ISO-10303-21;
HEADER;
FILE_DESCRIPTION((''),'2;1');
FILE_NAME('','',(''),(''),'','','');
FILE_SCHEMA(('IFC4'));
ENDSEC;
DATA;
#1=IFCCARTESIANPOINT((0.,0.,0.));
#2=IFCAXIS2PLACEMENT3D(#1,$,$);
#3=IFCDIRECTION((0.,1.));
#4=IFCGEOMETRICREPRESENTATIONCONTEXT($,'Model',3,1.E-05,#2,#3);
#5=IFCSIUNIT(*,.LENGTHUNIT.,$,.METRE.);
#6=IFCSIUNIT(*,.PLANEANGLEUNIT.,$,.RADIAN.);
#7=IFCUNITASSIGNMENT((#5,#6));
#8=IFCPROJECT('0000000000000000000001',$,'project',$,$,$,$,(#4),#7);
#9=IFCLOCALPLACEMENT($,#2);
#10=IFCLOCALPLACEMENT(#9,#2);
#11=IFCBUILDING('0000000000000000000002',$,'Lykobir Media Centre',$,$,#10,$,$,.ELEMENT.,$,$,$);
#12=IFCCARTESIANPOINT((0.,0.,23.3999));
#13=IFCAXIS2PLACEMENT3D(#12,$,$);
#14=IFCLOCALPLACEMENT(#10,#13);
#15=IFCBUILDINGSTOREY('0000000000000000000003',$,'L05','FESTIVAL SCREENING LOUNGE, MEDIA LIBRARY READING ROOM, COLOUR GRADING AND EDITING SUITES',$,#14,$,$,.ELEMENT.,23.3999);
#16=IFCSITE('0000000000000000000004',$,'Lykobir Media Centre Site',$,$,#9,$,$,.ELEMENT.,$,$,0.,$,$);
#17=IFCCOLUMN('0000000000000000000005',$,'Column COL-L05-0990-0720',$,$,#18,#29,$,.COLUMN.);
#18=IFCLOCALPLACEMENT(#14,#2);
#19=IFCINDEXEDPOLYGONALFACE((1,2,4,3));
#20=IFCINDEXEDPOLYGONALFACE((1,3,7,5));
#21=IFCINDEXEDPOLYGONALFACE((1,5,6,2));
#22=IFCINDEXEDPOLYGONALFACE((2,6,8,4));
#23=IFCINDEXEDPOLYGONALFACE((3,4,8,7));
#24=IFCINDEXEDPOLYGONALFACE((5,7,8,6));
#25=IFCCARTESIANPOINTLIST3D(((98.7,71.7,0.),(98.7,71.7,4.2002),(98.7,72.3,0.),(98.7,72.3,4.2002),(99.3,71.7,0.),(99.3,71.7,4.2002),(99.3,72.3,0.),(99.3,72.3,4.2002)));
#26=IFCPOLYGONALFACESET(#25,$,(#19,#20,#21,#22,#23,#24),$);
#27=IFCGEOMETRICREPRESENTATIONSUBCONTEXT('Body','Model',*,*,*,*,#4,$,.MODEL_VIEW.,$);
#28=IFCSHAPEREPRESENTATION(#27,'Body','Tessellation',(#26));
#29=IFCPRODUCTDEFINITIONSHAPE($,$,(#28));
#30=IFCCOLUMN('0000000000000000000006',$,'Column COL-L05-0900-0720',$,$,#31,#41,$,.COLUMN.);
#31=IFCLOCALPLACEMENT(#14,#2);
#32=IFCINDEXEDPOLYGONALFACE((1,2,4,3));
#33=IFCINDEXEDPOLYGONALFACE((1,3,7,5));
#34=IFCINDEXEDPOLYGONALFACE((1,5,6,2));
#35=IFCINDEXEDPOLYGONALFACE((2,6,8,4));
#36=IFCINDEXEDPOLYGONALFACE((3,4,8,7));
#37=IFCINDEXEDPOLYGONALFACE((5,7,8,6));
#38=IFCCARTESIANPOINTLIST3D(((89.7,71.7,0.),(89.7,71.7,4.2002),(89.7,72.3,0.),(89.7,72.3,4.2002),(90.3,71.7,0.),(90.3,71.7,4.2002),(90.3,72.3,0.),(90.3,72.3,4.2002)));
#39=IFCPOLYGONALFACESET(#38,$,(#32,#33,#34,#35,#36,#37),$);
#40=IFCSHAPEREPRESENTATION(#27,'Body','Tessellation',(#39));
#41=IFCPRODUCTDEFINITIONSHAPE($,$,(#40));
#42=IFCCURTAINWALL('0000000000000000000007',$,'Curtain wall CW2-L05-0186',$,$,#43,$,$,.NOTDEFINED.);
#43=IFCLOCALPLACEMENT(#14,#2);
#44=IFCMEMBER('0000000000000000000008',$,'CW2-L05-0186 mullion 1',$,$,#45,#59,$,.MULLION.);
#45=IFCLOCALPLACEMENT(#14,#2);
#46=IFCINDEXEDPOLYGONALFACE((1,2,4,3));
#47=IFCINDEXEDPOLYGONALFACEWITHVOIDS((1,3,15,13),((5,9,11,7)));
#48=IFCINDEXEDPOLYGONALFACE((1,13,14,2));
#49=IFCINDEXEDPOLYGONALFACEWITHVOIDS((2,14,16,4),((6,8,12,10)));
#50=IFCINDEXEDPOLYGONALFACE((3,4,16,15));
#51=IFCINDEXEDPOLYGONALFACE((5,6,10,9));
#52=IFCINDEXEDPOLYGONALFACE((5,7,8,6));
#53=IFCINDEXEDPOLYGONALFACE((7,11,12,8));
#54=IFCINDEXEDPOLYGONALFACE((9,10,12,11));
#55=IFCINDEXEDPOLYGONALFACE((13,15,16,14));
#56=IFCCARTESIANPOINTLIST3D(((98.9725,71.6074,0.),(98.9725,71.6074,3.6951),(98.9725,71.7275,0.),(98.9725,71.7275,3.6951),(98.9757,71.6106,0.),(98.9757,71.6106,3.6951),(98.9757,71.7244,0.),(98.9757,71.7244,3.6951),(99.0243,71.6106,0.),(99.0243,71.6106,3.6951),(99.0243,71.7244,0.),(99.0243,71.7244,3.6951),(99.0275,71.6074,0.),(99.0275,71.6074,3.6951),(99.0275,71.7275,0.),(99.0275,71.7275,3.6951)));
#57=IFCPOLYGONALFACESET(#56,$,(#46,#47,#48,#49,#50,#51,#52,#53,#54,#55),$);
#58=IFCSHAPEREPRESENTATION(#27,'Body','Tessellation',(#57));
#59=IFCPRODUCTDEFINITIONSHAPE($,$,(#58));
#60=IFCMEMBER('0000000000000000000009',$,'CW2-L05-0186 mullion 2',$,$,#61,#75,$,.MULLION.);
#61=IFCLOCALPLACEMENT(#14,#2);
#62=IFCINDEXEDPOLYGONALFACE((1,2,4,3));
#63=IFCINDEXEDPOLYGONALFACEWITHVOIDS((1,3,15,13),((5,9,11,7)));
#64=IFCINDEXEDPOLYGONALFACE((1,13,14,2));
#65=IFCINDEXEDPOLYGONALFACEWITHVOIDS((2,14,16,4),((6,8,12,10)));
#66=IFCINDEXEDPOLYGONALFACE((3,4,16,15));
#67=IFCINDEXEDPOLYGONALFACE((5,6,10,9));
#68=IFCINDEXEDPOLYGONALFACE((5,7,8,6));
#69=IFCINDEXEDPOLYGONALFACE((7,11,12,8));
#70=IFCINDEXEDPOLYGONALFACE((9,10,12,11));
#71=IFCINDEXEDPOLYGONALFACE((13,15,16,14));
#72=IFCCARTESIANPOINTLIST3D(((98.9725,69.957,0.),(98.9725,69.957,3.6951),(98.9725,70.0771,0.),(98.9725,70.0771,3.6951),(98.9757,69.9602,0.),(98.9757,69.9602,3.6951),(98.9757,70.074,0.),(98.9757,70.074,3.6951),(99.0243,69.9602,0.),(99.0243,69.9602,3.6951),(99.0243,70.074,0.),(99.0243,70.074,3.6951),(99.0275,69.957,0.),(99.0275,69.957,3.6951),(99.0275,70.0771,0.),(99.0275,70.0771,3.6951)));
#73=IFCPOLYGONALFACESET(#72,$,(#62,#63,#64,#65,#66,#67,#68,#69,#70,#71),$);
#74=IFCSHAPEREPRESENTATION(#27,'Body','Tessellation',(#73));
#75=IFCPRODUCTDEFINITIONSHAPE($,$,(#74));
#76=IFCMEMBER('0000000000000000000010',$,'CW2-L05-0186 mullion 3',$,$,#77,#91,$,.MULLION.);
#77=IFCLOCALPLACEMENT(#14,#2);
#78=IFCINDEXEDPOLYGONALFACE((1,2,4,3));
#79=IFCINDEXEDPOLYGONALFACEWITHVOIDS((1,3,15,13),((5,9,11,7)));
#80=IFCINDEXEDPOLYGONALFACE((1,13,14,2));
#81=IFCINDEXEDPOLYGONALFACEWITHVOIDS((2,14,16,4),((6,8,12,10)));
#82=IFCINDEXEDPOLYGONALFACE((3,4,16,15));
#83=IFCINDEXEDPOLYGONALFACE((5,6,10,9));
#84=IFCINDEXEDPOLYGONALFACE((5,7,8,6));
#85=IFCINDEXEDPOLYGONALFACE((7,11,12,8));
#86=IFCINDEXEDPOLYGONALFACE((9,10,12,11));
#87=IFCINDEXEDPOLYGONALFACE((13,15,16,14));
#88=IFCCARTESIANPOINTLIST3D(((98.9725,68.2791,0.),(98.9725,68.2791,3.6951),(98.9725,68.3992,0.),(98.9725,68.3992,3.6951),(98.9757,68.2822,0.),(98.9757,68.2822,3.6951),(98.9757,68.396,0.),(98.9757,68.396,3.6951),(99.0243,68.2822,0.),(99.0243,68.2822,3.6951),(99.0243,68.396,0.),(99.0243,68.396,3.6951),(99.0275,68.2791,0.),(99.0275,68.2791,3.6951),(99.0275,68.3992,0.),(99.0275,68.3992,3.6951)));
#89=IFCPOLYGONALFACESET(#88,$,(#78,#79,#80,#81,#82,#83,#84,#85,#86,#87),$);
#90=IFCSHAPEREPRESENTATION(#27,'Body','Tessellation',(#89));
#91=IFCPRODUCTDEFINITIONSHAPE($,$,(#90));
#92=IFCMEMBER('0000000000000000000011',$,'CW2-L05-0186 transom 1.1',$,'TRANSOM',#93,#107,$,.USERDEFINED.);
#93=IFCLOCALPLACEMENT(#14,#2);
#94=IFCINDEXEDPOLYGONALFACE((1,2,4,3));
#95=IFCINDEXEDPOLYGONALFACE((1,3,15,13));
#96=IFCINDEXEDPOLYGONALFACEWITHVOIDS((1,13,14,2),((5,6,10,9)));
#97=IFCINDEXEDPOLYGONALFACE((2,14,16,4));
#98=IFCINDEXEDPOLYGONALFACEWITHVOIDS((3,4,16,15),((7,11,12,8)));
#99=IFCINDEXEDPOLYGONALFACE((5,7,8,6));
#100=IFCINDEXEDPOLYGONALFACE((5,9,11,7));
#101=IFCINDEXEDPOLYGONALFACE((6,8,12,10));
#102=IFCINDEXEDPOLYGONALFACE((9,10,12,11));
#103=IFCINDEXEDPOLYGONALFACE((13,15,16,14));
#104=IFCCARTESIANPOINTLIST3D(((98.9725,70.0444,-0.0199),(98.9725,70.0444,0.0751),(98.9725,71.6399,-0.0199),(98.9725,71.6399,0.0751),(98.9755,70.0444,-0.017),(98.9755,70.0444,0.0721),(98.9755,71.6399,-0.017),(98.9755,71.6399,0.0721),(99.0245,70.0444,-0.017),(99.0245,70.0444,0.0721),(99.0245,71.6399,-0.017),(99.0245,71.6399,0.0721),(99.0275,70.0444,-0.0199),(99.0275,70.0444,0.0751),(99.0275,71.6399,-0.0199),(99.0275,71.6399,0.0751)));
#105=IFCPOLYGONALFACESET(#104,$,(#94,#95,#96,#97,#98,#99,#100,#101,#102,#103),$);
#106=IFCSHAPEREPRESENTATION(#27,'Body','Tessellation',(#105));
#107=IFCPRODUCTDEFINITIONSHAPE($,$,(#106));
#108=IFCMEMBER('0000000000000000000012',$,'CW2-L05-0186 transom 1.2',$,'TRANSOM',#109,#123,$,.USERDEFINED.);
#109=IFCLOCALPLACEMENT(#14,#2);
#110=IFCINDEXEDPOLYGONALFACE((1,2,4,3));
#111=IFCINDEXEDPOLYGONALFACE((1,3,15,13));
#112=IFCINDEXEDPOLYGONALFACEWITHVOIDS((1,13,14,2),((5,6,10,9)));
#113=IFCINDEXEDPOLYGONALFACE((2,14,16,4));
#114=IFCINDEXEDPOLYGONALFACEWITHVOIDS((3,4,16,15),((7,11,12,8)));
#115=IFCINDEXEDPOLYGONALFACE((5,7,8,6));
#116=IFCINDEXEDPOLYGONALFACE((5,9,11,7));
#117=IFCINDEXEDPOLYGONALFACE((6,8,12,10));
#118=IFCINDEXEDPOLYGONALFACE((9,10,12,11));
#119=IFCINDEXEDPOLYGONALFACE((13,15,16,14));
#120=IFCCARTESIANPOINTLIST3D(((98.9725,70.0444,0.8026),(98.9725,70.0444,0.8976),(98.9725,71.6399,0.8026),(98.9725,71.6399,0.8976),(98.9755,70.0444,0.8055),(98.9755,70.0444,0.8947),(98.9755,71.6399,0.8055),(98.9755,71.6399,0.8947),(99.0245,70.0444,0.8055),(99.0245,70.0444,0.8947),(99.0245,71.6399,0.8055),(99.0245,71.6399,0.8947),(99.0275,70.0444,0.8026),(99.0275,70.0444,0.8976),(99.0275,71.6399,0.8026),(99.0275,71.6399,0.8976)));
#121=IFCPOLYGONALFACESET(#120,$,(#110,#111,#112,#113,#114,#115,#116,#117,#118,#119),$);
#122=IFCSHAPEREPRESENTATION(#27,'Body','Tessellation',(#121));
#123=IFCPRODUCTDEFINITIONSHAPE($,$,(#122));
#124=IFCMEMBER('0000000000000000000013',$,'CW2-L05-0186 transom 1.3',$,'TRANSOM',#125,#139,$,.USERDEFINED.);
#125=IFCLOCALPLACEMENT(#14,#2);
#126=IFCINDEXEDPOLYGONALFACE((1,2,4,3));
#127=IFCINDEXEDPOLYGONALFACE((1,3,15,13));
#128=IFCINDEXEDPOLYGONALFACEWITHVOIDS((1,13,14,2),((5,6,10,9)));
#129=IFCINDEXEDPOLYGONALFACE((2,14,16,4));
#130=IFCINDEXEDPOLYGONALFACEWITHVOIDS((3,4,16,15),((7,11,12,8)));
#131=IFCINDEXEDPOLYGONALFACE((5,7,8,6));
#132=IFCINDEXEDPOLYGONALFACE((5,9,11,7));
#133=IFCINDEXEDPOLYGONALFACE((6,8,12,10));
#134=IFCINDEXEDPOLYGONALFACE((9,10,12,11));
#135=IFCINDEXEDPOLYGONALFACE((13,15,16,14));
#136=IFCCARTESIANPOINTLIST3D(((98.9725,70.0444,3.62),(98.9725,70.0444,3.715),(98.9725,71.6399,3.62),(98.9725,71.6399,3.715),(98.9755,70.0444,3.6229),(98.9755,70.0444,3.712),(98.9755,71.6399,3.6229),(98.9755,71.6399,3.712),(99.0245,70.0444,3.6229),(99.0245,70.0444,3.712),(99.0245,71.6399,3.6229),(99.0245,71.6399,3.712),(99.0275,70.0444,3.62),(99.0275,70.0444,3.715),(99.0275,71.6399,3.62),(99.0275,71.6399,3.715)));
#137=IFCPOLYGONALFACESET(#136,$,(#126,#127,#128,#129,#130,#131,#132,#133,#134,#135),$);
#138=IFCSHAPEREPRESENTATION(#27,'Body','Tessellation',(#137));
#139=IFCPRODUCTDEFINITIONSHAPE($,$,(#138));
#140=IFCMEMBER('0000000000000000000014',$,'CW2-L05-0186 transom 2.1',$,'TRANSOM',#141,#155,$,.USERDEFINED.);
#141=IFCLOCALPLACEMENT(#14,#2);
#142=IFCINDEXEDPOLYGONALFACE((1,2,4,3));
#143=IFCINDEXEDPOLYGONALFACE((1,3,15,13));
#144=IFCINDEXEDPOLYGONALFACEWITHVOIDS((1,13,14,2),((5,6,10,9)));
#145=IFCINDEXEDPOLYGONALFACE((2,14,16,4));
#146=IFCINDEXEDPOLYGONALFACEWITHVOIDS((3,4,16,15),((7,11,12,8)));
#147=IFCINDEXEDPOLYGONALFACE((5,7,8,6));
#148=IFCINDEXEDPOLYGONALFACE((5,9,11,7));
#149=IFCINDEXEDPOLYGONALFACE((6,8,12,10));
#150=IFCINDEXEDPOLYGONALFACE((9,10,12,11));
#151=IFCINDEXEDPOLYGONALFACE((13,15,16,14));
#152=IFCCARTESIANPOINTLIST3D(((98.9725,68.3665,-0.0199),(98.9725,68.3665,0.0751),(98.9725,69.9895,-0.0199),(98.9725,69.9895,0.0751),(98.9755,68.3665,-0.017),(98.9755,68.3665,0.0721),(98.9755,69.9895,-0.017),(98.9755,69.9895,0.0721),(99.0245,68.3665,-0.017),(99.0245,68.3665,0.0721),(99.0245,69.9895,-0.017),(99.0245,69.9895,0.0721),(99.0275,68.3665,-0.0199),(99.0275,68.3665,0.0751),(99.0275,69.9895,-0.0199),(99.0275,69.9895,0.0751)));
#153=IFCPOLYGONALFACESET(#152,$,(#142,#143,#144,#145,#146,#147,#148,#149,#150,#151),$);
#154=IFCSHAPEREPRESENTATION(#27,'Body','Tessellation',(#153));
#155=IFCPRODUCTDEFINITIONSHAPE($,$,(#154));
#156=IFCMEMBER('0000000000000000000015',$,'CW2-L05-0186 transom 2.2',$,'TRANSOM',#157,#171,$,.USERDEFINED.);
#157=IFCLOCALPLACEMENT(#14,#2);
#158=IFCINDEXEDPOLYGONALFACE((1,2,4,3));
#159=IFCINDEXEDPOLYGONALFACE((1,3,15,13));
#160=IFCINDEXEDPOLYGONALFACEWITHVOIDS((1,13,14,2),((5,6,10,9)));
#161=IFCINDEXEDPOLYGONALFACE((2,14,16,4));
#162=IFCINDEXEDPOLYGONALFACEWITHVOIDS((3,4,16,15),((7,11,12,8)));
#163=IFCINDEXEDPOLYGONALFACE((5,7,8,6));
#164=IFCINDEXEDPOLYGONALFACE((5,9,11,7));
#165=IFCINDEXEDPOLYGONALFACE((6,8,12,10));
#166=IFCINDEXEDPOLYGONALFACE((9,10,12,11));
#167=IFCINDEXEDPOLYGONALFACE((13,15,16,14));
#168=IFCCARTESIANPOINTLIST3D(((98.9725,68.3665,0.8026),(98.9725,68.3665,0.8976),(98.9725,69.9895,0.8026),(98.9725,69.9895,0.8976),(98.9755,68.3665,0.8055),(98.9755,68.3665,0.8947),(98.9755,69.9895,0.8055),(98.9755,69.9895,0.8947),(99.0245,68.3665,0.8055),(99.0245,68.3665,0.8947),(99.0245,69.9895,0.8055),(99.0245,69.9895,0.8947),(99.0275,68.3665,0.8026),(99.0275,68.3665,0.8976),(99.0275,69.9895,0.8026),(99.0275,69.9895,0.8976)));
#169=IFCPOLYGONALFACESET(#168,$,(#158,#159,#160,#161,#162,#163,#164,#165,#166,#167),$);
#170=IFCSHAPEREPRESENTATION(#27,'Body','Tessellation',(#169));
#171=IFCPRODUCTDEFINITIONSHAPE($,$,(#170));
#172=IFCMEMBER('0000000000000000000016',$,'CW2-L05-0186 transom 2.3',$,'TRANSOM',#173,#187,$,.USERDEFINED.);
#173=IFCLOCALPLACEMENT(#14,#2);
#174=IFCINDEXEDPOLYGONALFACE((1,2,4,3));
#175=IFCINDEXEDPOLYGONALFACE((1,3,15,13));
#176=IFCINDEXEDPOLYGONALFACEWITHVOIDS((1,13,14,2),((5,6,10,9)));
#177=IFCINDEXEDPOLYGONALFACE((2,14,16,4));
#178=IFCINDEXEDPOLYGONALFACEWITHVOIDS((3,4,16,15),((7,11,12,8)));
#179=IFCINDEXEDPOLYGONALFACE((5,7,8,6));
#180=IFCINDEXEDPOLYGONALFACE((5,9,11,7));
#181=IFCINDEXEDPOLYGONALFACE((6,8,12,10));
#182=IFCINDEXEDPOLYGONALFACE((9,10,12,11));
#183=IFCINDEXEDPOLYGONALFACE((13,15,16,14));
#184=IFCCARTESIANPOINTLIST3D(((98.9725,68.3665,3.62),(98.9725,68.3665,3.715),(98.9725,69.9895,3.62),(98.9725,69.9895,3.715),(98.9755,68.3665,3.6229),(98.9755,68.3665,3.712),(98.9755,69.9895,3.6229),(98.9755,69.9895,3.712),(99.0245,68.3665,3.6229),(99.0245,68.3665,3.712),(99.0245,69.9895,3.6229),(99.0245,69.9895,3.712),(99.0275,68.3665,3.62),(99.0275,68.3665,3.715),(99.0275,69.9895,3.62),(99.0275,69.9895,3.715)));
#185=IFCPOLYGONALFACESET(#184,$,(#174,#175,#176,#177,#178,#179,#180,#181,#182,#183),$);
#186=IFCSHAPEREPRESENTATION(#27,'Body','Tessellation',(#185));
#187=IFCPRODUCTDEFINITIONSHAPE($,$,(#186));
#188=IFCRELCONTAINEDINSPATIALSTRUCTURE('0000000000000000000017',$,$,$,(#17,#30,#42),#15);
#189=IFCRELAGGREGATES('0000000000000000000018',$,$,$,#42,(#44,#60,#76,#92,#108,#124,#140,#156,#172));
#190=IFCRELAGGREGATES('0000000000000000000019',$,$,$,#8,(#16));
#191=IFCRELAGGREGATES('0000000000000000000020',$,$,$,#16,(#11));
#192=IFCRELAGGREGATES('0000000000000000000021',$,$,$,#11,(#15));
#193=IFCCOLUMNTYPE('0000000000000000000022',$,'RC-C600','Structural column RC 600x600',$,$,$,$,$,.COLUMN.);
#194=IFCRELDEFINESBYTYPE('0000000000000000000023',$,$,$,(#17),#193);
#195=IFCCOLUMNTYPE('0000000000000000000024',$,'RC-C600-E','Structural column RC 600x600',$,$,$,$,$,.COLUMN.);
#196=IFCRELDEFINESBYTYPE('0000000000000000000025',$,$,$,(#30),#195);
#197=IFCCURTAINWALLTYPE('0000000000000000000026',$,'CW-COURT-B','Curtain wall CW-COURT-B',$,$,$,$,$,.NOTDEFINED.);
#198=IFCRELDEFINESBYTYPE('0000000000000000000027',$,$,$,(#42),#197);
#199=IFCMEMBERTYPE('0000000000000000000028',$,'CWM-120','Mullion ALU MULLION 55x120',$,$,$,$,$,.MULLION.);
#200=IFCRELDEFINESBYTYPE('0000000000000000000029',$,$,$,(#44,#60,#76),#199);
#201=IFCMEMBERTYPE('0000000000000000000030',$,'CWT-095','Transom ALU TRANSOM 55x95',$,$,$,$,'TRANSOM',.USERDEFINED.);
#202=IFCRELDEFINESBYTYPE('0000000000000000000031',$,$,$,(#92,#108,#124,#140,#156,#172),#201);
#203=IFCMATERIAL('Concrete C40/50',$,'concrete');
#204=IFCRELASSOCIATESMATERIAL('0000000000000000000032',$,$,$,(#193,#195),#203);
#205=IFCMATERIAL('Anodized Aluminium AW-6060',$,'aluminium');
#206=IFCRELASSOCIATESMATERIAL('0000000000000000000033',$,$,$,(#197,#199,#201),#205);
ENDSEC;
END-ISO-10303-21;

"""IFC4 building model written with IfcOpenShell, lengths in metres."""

from ifc_helpers import new_model, si_unit, direction, frame, origin, origin_2d, place, context, subcontext, project, spatial, rectangle, hollow_rectangle, extrude, material, material_profile, profile_set, type_object, element, aggregate, save


model = new_model("IFC4")

# Units and contexts
model_context = context("Model", 3, precision=1e-05, world=origin(), true_north=direction((0.0, 1.0)))
body_context = subcontext(model_context, "Body", "Model", "MODEL_VIEW")
ifc_project = project(units=[si_unit("LENGTHUNIT", "METRE"), si_unit("PLANEANGLEUNIT", "RADIAN")], contexts=[model_context])

# Site, building, storey
site_placement = place(None, origin())
site = spatial("IfcSite", under=ifc_project, at=site_placement, Name="Lykobir Media Centre Site", CompositionType="ELEMENT", RefElevation=0.0)
building_placement = place(site_placement, origin())
building = spatial("IfcBuilding", under=site, at=building_placement, Name="Lykobir Media Centre", CompositionType="ELEMENT")
storey_placement = place(building_placement, frame((0.0, 0.0, 23.3999)))
storey = spatial("IfcBuildingStorey", under=building, at=storey_placement, Name="L05", Description="FESTIVAL SCREENING LOUNGE, MEDIA LIBRARY READING ROOM, COLOUR GRADING AND EDITING SUITES", CompositionType="ELEMENT", Elevation=23.3999)

# Columns
ifc_material_1 = material(Name="Concrete C40/50", Category="concrete")
ifc_material_profile_1 = material_profile(ifc_material_1, rectangle(XDim=0.6001, YDim=0.6001, at=origin_2d()), Name="RC 600x600")
ifc_profile_set_1 = profile_set([ifc_material_profile_1], Name="Concrete C40/50")
column_type_1 = type_object("IfcColumnType", Name="RC-C600", Description="Structural column RC 600x600", PredefinedType="COLUMN", material=ifc_profile_set_1)
column_1_placement = place(storey_placement, frame((99.0, 72.0, 0.0), z_axis=(0.0, 0.0, 1.0), x_axis=(1.0, 0.0, 0.0)))
element("IfcColumn", 1, at=column_1_placement, inside=storey, type_object=column_type_1, Name="Column COL-L05-0990-0720", PredefinedType="COLUMN", context=body_context, shape_type="SweptSolid", body=[
    extrude(rectangle(XDim=0.6001, YDim=0.6001, at=origin_2d()), origin(), (0.0, 0.0, 1.0), 4.2002),
])
ifc_material_profile_2 = material_profile(ifc_material_1, rectangle(XDim=0.6001, YDim=0.6001, at=origin_2d()), Name="RC 600x600")
ifc_profile_set_2 = profile_set([ifc_material_profile_2], Name="Concrete C40/50")
column_type_2 = type_object("IfcColumnType", Name="RC-C600-E", Description="Structural column RC 600x600", PredefinedType="COLUMN", material=ifc_profile_set_2)
column_2_placement = place(storey_placement, frame((90.0, 72.0, 0.0), z_axis=(0.0, 0.0, 1.0), x_axis=(1.0, 0.0, 0.0)))
element("IfcColumn", 2, at=column_2_placement, inside=storey, type_object=column_type_2, Name="Column COL-L05-0900-0720", PredefinedType="COLUMN", context=body_context, shape_type="SweptSolid", body=[
    extrude(rectangle(XDim=0.6001, YDim=0.6001, at=origin_2d()), origin(), (0.0, 0.0, 1.0), 4.2002),
])

# Curtain wall, members
ifc_material_2 = material(Name="Anodized Aluminium AW-6060", Category="aluminium")
curtain_wall_type = type_object("IfcCurtainWallType", Name="CW-COURT-B", Description="Curtain wall CW-COURT-B", PredefinedType="NOTDEFINED", material=ifc_material_2)
curtain_wall_placement = place(storey_placement, origin())
curtain_wall = element("IfcCurtainWall", 3, at=curtain_wall_placement, inside=storey, type_object=curtain_wall_type, Name="Curtain wall CW2-L05-0186", PredefinedType="NOTDEFINED")
ifc_material_profile_3 = material_profile(ifc_material_2, hollow_rectangle(XDim=0.0549, YDim=0.1201, WallThickness=0.0032, at=origin_2d()), Name="ALU MULLION 55x120")
ifc_profile_set_3 = profile_set([ifc_material_profile_3], Name="Anodized Aluminium AW-6060")
member_type_1 = type_object("IfcMemberType", Name="CWM-120", Description="Mullion ALU MULLION 55x120", PredefinedType="MULLION", material=ifc_profile_set_3)
member_1_placement = place(storey_placement, frame((99.0, 71.6675, 0.0), z_axis=(0.0, 0.0, 1.0), x_axis=(1.0, 0.0, 0.0)))
member_1 = element("IfcMember", 4, at=member_1_placement, type_object=member_type_1, Name="CW2-L05-0186 mullion 1", PredefinedType="MULLION", context=body_context, shape_type="SweptSolid", body=[
    extrude(hollow_rectangle(XDim=0.0549, YDim=0.1201, WallThickness=0.0032, at=origin_2d()), origin(), (0.0, 0.0, 1.0), 3.6951),
])
member_2_placement = place(storey_placement, frame((99.0, 70.0171, 0.0), z_axis=(0.0, 0.0, 1.0), x_axis=(1.0, 0.0, 0.0)))
member_2 = element("IfcMember", 5, at=member_2_placement, type_object=member_type_1, Name="CW2-L05-0186 mullion 2", PredefinedType="MULLION", context=body_context, shape_type="SweptSolid", body=[
    extrude(hollow_rectangle(XDim=0.0549, YDim=0.1201, WallThickness=0.0032, at=origin_2d()), origin(), (0.0, 0.0, 1.0), 3.6951),
])
member_3_placement = place(storey_placement, frame((99.0, 68.3391, 0.0), z_axis=(0.0, 0.0, 1.0), x_axis=(1.0, 0.0, 0.0)))
member_3 = element("IfcMember", 6, at=member_3_placement, type_object=member_type_1, Name="CW2-L05-0186 mullion 3", PredefinedType="MULLION", context=body_context, shape_type="SweptSolid", body=[
    extrude(hollow_rectangle(XDim=0.0549, YDim=0.1201, WallThickness=0.0032, at=origin_2d()), origin(), (0.0, 0.0, 1.0), 3.6951),
])
ifc_material_profile_4 = material_profile(ifc_material_2, hollow_rectangle(XDim=0.0549, YDim=0.095, WallThickness=0.0029, at=origin_2d()), Name="ALU TRANSOM 55x95")
ifc_profile_set_4 = profile_set([ifc_material_profile_4], Name="Anodized Aluminium AW-6060")
member_type_2 = type_object("IfcMemberType", Name="CWT-095", Description="Transom ALU TRANSOM 55x95", ElementType="TRANSOM", PredefinedType="USERDEFINED", material=ifc_profile_set_4)
member_4_placement = place(storey_placement, frame((99.0, 71.6399, 0.0276), z_axis=(0.0, -1.0, 0.0), x_axis=(1.0, 0.0, 0.0)))
member_4 = element("IfcMember", 7, at=member_4_placement, type_object=member_type_2, Name="CW2-L05-0186 transom 1.1", ObjectType="TRANSOM", PredefinedType="USERDEFINED", context=body_context, shape_type="SweptSolid", body=[
    extrude(hollow_rectangle(XDim=0.0549, YDim=0.095, WallThickness=0.0029, at=origin_2d()), origin(), (0.0, 0.0, 1.0), 1.5955),
])
member_5_placement = place(storey_placement, frame((99.0, 71.6399, 0.8501), z_axis=(0.0, -1.0, 0.0), x_axis=(1.0, 0.0, 0.0)))
member_5 = element("IfcMember", 8, at=member_5_placement, type_object=member_type_2, Name="CW2-L05-0186 transom 1.2", ObjectType="TRANSOM", PredefinedType="USERDEFINED", context=body_context, shape_type="SweptSolid", body=[
    extrude(hollow_rectangle(XDim=0.0549, YDim=0.095, WallThickness=0.0029, at=origin_2d()), origin(), (0.0, 0.0, 1.0), 1.5955),
])
member_6_placement = place(storey_placement, frame((99.0, 71.6399, 3.6675), z_axis=(0.0, -1.0, 0.0), x_axis=(1.0, 0.0, 0.0)))
member_6 = element("IfcMember", 9, at=member_6_placement, type_object=member_type_2, Name="CW2-L05-0186 transom 1.3", ObjectType="TRANSOM", PredefinedType="USERDEFINED", context=body_context, shape_type="SweptSolid", body=[
    extrude(hollow_rectangle(XDim=0.0549, YDim=0.095, WallThickness=0.0029, at=origin_2d()), origin(), (0.0, 0.0, 1.0), 1.5955),
])
member_7_placement = place(storey_placement, frame((99.0, 69.9895, 0.0276), z_axis=(0.0, -1.0, 0.0), x_axis=(1.0, 0.0, 0.0)))
member_7 = element("IfcMember", 10, at=member_7_placement, type_object=member_type_2, Name="CW2-L05-0186 transom 2.1", ObjectType="TRANSOM", PredefinedType="USERDEFINED", context=body_context, shape_type="SweptSolid", body=[
    extrude(hollow_rectangle(XDim=0.0549, YDim=0.095, WallThickness=0.0029, at=origin_2d()), origin(), (0.0, 0.0, 1.0), 1.623),
])
member_8_placement = place(storey_placement, frame((99.0, 69.9895, 0.8501), z_axis=(0.0, -1.0, 0.0), x_axis=(1.0, 0.0, 0.0)))
member_8 = element("IfcMember", 11, at=member_8_placement, type_object=member_type_2, Name="CW2-L05-0186 transom 2.2", ObjectType="TRANSOM", PredefinedType="USERDEFINED", context=body_context, shape_type="SweptSolid", body=[
    extrude(hollow_rectangle(XDim=0.0549, YDim=0.095, WallThickness=0.0029, at=origin_2d()), origin(), (0.0, 0.0, 1.0), 1.623),
])
member_9_placement = place(storey_placement, frame((99.0, 69.9895, 3.6675), z_axis=(0.0, -1.0, 0.0), x_axis=(1.0, 0.0, 0.0)))
member_9 = element("IfcMember", 12, at=member_9_placement, type_object=member_type_2, Name="CW2-L05-0186 transom 2.3", ObjectType="TRANSOM", PredefinedType="USERDEFINED", context=body_context, shape_type="SweptSolid", body=[
    extrude(hollow_rectangle(XDim=0.0549, YDim=0.095, WallThickness=0.0029, at=origin_2d()), origin(), (0.0, 0.0, 1.0), 1.623),
])

aggregate(curtain_wall, [member_1, member_2, member_3, member_4, member_5, member_6, member_7, member_8, member_9])

save(model, "model.ifc")
